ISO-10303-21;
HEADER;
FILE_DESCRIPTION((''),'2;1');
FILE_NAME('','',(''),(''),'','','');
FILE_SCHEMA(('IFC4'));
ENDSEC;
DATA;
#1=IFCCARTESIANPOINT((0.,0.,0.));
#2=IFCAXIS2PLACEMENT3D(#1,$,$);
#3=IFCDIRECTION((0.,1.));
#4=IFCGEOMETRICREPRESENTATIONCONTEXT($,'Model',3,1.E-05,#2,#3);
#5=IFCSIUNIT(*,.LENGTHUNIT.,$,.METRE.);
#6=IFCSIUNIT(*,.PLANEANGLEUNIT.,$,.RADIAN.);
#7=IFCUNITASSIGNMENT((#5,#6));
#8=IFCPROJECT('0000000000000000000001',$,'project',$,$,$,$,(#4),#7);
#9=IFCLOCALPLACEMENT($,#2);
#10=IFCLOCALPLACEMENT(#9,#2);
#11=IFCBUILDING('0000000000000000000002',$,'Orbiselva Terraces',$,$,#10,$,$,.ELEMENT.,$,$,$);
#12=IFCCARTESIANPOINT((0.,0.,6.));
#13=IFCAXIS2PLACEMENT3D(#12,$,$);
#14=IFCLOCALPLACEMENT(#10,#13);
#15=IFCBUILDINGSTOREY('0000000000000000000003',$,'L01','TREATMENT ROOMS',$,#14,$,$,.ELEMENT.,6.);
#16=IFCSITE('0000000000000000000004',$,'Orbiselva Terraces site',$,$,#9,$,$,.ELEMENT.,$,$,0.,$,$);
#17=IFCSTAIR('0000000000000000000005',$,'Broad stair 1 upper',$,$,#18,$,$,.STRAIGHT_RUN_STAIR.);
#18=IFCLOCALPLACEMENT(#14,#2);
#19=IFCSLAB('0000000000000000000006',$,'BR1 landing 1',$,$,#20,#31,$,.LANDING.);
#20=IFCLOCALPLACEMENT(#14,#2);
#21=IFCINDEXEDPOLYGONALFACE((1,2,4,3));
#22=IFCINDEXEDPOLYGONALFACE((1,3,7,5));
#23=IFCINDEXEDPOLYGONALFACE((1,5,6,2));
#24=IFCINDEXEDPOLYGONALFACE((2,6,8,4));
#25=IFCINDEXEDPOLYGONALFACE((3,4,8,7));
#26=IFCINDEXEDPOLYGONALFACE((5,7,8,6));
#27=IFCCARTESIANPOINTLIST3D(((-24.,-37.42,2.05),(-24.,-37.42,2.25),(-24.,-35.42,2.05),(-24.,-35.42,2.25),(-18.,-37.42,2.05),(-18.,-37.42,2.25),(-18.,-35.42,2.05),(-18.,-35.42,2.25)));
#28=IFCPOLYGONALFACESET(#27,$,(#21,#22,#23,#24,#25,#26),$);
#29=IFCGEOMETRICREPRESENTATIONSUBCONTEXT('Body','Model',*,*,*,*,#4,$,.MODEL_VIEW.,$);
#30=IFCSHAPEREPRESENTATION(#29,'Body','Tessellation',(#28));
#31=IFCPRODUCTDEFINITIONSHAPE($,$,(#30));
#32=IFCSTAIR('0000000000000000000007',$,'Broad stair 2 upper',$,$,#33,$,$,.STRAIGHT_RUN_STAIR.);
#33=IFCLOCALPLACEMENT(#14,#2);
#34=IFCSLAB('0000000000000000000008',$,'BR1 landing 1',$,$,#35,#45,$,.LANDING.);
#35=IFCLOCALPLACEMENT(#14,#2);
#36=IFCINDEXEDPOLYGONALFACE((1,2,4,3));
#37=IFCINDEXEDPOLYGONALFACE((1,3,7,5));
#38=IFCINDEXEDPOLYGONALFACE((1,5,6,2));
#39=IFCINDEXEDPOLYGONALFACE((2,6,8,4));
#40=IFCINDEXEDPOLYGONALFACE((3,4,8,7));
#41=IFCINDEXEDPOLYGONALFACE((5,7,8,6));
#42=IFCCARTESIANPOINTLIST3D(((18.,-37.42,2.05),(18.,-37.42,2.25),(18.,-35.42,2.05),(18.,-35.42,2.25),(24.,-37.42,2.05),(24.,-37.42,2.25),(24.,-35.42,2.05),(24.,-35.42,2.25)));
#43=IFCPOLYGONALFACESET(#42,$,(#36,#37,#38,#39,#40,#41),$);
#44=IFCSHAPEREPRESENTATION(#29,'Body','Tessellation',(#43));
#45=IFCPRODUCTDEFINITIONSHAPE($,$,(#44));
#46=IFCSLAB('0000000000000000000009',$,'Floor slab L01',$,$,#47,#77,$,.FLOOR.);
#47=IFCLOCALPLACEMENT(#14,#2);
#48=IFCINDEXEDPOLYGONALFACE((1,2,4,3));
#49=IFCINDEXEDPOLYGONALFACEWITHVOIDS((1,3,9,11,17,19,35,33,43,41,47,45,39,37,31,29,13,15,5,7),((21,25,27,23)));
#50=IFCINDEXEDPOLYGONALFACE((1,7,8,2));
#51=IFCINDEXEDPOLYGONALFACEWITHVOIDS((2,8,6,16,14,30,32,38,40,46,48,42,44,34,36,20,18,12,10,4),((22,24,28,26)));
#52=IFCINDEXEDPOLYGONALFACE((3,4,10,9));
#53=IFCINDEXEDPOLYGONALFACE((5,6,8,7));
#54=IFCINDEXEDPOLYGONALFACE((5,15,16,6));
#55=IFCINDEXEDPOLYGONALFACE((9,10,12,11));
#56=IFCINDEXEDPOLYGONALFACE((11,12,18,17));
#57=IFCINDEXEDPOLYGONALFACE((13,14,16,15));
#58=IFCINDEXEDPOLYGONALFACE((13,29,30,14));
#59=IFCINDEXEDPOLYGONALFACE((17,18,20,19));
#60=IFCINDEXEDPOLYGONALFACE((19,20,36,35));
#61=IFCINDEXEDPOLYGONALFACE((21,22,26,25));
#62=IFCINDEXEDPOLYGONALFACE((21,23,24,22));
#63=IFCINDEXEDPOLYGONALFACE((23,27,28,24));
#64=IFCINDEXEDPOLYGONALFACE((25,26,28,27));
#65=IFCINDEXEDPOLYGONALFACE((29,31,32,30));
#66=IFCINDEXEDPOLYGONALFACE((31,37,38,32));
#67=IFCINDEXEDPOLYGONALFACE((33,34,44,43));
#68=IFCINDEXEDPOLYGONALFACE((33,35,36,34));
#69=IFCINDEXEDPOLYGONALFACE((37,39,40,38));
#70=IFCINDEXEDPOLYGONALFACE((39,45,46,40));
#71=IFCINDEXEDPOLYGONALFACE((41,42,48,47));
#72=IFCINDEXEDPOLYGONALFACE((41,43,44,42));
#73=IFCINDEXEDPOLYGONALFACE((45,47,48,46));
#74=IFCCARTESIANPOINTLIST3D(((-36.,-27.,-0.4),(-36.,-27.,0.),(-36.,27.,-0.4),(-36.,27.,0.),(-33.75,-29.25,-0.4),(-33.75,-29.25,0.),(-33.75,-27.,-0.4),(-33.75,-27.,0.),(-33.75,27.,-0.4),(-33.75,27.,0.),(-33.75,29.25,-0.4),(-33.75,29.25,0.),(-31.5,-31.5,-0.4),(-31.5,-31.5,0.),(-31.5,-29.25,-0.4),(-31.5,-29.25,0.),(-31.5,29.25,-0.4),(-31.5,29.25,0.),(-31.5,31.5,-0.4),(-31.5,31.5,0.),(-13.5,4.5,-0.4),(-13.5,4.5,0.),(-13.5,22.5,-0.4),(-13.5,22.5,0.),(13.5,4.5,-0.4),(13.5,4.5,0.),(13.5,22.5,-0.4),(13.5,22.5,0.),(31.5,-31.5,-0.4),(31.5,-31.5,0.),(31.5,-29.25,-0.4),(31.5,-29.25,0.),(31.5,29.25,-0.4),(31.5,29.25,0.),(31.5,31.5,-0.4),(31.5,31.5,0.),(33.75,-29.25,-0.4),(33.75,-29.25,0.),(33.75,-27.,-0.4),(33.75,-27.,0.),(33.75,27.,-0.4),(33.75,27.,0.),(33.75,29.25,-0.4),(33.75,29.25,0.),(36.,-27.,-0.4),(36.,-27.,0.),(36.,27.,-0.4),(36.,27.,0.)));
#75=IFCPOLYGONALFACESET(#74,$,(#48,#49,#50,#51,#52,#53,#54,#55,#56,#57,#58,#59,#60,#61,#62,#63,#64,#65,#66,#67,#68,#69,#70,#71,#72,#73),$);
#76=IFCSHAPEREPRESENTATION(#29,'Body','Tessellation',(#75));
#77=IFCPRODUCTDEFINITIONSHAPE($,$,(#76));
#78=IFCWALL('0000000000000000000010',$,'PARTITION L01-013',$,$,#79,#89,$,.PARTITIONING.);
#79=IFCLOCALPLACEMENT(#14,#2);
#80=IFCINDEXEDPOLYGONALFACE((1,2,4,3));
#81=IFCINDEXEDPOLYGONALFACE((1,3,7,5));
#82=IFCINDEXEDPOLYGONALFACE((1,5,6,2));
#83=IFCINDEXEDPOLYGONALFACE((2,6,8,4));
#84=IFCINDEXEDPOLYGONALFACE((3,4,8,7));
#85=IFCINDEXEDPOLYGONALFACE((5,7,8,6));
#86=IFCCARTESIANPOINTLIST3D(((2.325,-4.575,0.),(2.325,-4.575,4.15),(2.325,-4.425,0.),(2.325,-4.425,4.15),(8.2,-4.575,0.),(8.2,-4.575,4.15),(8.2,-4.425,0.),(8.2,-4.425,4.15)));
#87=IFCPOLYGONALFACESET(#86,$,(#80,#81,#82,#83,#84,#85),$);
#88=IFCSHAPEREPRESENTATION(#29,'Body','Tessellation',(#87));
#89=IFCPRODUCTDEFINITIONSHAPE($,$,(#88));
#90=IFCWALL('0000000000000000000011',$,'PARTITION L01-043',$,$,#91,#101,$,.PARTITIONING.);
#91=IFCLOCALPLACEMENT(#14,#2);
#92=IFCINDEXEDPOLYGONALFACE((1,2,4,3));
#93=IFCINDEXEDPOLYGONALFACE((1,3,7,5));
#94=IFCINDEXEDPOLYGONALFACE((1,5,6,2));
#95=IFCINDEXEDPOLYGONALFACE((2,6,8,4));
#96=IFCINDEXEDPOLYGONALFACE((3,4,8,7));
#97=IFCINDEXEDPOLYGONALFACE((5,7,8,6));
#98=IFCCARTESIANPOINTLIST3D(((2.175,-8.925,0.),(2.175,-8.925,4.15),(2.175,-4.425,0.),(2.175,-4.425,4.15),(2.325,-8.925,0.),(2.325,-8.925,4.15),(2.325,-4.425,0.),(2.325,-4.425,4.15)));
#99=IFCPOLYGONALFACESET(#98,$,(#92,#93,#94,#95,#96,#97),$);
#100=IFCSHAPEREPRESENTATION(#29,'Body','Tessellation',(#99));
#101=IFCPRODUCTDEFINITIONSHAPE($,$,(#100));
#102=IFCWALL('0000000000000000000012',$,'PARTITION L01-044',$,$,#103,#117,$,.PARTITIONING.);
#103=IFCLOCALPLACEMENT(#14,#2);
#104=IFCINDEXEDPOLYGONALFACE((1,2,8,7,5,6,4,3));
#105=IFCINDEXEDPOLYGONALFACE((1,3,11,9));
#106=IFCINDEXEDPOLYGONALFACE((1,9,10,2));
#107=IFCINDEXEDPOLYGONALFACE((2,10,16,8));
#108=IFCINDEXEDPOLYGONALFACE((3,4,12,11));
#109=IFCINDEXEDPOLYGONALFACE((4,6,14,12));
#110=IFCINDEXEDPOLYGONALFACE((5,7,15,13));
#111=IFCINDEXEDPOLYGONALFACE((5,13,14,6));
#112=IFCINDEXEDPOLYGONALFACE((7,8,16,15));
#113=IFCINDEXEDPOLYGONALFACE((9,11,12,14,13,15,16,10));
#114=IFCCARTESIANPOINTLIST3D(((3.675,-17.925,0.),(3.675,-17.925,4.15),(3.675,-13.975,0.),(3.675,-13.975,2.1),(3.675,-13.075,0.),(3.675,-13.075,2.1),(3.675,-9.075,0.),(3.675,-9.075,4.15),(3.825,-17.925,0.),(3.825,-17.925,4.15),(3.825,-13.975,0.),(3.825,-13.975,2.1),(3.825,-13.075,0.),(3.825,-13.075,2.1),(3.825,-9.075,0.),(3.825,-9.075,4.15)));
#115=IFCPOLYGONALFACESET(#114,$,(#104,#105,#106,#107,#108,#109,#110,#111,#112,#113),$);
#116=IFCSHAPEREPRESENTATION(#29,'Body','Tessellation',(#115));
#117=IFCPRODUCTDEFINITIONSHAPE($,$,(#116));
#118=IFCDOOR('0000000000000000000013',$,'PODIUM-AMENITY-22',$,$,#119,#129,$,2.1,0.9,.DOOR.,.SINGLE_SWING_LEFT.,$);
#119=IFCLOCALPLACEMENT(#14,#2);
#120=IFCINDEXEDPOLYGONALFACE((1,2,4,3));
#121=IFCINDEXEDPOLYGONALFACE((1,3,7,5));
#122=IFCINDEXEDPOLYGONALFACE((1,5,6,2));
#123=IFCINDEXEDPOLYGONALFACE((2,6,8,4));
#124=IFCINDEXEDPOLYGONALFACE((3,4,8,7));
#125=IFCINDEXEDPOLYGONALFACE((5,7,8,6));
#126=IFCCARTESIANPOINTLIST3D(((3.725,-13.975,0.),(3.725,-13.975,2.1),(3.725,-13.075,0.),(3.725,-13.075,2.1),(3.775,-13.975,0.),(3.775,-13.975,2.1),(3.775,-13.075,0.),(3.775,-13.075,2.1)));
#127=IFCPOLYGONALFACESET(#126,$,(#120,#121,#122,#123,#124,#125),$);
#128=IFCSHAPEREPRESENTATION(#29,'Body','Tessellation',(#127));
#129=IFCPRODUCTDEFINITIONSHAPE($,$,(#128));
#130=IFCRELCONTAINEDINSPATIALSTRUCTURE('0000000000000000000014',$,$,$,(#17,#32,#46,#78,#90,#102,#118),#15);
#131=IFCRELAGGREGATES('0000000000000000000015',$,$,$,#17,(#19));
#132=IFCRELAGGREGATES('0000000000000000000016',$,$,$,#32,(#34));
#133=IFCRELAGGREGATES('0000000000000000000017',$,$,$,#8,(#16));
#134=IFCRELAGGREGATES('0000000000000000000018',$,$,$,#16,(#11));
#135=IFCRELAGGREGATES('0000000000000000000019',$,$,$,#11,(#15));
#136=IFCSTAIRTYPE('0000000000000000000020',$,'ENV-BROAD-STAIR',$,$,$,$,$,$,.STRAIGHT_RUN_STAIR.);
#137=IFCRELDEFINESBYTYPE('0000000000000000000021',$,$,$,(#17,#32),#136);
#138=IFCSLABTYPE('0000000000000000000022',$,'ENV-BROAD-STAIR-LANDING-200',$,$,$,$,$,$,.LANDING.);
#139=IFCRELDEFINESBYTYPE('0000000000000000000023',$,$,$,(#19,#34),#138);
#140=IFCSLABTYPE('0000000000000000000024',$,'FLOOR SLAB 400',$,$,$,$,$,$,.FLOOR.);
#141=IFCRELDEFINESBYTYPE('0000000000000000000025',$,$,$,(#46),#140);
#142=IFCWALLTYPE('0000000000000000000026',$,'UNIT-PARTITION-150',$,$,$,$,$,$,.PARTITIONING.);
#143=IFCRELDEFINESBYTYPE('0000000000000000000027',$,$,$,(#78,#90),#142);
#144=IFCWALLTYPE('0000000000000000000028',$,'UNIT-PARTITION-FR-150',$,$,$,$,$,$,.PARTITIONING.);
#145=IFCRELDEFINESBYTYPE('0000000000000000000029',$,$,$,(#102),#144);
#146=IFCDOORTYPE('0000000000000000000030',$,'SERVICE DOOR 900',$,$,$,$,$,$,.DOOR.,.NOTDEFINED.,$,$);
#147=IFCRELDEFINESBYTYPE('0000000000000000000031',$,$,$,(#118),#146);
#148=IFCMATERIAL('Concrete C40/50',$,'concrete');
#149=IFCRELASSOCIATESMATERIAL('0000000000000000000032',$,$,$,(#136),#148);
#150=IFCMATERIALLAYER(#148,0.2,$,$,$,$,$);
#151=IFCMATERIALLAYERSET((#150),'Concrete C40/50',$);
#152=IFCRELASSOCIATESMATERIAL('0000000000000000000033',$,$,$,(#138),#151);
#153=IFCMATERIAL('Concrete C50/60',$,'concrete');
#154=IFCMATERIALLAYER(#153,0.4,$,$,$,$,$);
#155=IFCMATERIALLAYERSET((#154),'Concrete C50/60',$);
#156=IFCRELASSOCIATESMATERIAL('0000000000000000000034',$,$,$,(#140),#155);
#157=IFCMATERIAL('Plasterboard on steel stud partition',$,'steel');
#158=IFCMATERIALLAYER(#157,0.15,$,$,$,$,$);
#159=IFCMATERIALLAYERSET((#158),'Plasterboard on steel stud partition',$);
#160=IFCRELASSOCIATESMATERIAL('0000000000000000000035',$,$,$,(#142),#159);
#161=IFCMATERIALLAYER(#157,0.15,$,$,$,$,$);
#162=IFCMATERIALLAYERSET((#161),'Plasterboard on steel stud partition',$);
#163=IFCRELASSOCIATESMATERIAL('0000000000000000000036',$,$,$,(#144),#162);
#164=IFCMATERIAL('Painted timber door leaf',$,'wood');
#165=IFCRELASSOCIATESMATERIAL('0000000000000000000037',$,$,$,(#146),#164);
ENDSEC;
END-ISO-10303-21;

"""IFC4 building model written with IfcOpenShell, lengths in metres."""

from ifc_helpers import new_model, si_unit, direction, frame, frame_2d, origin, place, context, subcontext, project, spatial, polyline, rectangle, outline, extrude, material, layer, layer_set, type_object, element, fill, aggregate, save


model = new_model("IFC4")

# Units and contexts
model_context = context("Model", 3, precision=1e-05, world=origin(), true_north=direction((0.0, 1.0)))
body_context = subcontext(model_context, "Body", "Model", "MODEL_VIEW")
ifc_project = project(units=[si_unit("LENGTHUNIT", "METRE"), si_unit("PLANEANGLEUNIT", "RADIAN")], contexts=[model_context])

# Site, building, storey
site_placement = place(None, origin())
site = spatial("IfcSite", under=ifc_project, at=site_placement, Name="Orbiselva Terraces site", CompositionType="ELEMENT", RefElevation=0.0)
building_placement = place(site_placement, origin())
building = spatial("IfcBuilding", under=site, at=building_placement, Name="Orbiselva Terraces", CompositionType="ELEMENT")
storey_placement = place(building_placement, frame((0.0, 0.0, 6.0)))
storey = spatial("IfcBuildingStorey", under=building, at=storey_placement, Name="L01", Description="TREATMENT ROOMS", CompositionType="ELEMENT", Elevation=6.0)

# Shared definitions
ifc_material_1 = material(Name="Concrete C40/50", Category="concrete")

# Stairs, slabs
stair_type_1 = type_object("IfcStairType", Name="ENV-BROAD-STAIR", PredefinedType="STRAIGHT_RUN_STAIR", material=ifc_material_1)
stair_1_placement = place(storey_placement, origin())
stair_1 = element("IfcStair", 1, at=stair_1_placement, inside=storey, type_object=stair_type_1, Name="Broad stair 1 upper", PredefinedType="STRAIGHT_RUN_STAIR")
ifc_layer_1 = layer(ifc_material_1, 0.2)
ifc_layer_set_1 = layer_set([ifc_layer_1], Name="Concrete C40/50")
slab_type_1 = type_object("IfcSlabType", Name="ENV-BROAD-STAIR-LANDING-200", PredefinedType="LANDING", material=ifc_layer_set_1)
slab_1_placement = place(storey_placement, frame((0.0, 0.0, 2.05)))
slab_1 = element("IfcSlab", 2, at=slab_1_placement, type_object=slab_type_1, Name="BR1 landing 1", PredefinedType="LANDING", context=body_context, shape_type="SweptSolid", body=[
    extrude(outline(polyline([(-24.0, -37.42), (-18.0, -37.42), (-18.0, -35.42), (-24.0, -35.42), (-24.0, -37.42)])), origin(), (0.0, 0.0, 1.0), 0.2),
])
aggregate(stair_1, [slab_1])
stair_2_placement = place(storey_placement, origin())
stair_2 = element("IfcStair", 3, at=stair_2_placement, inside=storey, type_object=stair_type_1, Name="Broad stair 2 upper", PredefinedType="STRAIGHT_RUN_STAIR")
slab_2_placement = place(storey_placement, frame((0.0, 0.0, 2.05)))
slab_2 = element("IfcSlab", 4, at=slab_2_placement, type_object=slab_type_1, Name="BR1 landing 1", PredefinedType="LANDING", context=body_context, shape_type="SweptSolid", body=[
    extrude(outline(polyline([(18.0, -37.42), (24.0, -37.42), (24.0, -35.42), (18.0, -35.42), (18.0, -37.42)])), origin(), (0.0, 0.0, 1.0), 0.2),
])
aggregate(stair_2, [slab_2])

# Slab
ifc_material_2 = material(Name="Concrete C50/60", Category="concrete")
ifc_layer_2 = layer(ifc_material_2, 0.4)
ifc_layer_set_2 = layer_set([ifc_layer_2], Name="Concrete C50/60")
slab_type_2 = type_object("IfcSlabType", Name="FLOOR SLAB 400", PredefinedType="FLOOR", material=ifc_layer_set_2)
slab_3_placement = place(storey_placement, frame((0.0, 0.0, -0.4)))
element("IfcSlab", 5, at=slab_3_placement, inside=storey, type_object=slab_type_2, Name="Floor slab L01", PredefinedType="FLOOR", context=body_context, shape_type="SweptSolid", body=[
    extrude(outline(polyline([(-31.5, -31.5), (31.5, -31.5), (31.5, -29.25), (33.75, -29.25), (33.75, -27.0), (36.0, -27.0), (36.0, 27.0), (33.75, 27.0), (33.75, 29.25), (31.5, 29.25), (31.5, 31.5), (-31.5, 31.5), (-31.5, 29.25), (-33.75, 29.25), (-33.75, 27.0), (-36.0, 27.0), (-36.0, -27.0), (-33.75, -27.0), (-33.75, -29.25), (-31.5, -29.25), (-31.5, -31.5)]), holes=[polyline([(-13.5, 4.5), (13.5, 4.5), (13.5, 22.5), (-13.5, 22.5), (-13.5, 4.5)])]), origin(), (0.0, 0.0, 1.0), 0.4),
])

# Walls
ifc_material_3 = material(Name="Plasterboard on steel stud partition", Category="steel")
ifc_layer_3 = layer(ifc_material_3, 0.15)
ifc_layer_set_3 = layer_set([ifc_layer_3], Name="Plasterboard on steel stud partition")
wall_type_1 = type_object("IfcWallType", Name="UNIT-PARTITION-150", PredefinedType="PARTITIONING", material=ifc_layer_set_3)
wall_1_placement = place(storey_placement, frame((2.325, -4.5, 0.0), z_axis=(0.0, 0.0, 1.0), x_axis=(1.0, 0.0, 0.0)))
element("IfcWall", 6, at=wall_1_placement, inside=storey, type_object=wall_type_1, Name="PARTITION L01-013", PredefinedType="PARTITIONING", context=body_context, shape_type="SweptSolid", body=[
    extrude(rectangle(XDim=5.875, YDim=0.15, at=frame_2d((2.9375, 0.0))), origin(), (0.0, 0.0, 1.0), 4.15),
])
wall_2_placement = place(storey_placement, frame((2.25, -8.925, 0.0), z_axis=(0.0, 0.0, 1.0), x_axis=(0.0, 1.0, 0.0)))
element("IfcWall", 7, at=wall_2_placement, inside=storey, type_object=wall_type_1, Name="PARTITION L01-043", PredefinedType="PARTITIONING", context=body_context, shape_type="SweptSolid", body=[
    extrude(rectangle(XDim=4.5, YDim=0.15, at=frame_2d((2.25, 0.0))), origin(), (0.0, 0.0, 1.0), 4.15),
])

# Wall, opening, door
ifc_layer_4 = layer(ifc_material_3, 0.15)
ifc_layer_set_4 = layer_set([ifc_layer_4], Name="Plasterboard on steel stud partition")
wall_type_2 = type_object("IfcWallType", Name="UNIT-PARTITION-FR-150", PredefinedType="PARTITIONING", material=ifc_layer_set_4)
wall_3_placement = place(storey_placement, frame((3.75, -17.925, 0.0), z_axis=(0.0, 0.0, 1.0), x_axis=(0.0, 1.0, 0.0)))
wall_3 = element("IfcWall", 8, at=wall_3_placement, inside=storey, type_object=wall_type_2, Name="PARTITION L01-044", PredefinedType="PARTITIONING", context=body_context, shape_type="SweptSolid", body=[
    extrude(rectangle(XDim=8.85, YDim=0.15, at=frame_2d((4.425, 0.0))), origin(), (0.0, 0.0, 1.0), 4.15),
])
opening_placement = place(wall_3_placement, frame((3.95, 0.0, 0.0)))
opening = element("IfcOpeningElement", 9, at=opening_placement, cuts=wall_3, PredefinedType="OPENING", context=body_context, shape_type="SweptSolid", body=[
    extrude(rectangle(XDim=0.9, YDim=2.1, at=frame_2d((0.45, 1.05))), frame((0.0, 0.085, 0.0), z_axis=(0.0, -1.0, 0.0), x_axis=(1.0, 0.0, 0.0)), (0.0, 0.0, 1.0), 0.17),
])
ifc_material_4 = material(Name="Painted timber door leaf", Category="wood")
door_type = type_object("IfcDoorType", Name="SERVICE DOOR 900", OperationType="NOTDEFINED", PredefinedType="DOOR", material=ifc_material_4)
door_placement = place(opening_placement, origin())
door = element("IfcDoor", 10, at=door_placement, inside=storey, type_object=door_type, Name="PODIUM-AMENITY-22", OperationType="SINGLE_SWING_LEFT", OverallHeight=2.1, OverallWidth=0.9, PredefinedType="DOOR", context=body_context, shape_type="SweptSolid", body=[
    extrude(rectangle(XDim=0.9, YDim=2.1, at=frame_2d((0.45, 1.05))), frame((0.0, 0.025, 0.0), z_axis=(0.0, -1.0, 0.0), x_axis=(1.0, 0.0, 0.0)), (0.0, 0.0, 1.0), 0.05),
])
fill(opening, door)

save(model, "model.ifc")
